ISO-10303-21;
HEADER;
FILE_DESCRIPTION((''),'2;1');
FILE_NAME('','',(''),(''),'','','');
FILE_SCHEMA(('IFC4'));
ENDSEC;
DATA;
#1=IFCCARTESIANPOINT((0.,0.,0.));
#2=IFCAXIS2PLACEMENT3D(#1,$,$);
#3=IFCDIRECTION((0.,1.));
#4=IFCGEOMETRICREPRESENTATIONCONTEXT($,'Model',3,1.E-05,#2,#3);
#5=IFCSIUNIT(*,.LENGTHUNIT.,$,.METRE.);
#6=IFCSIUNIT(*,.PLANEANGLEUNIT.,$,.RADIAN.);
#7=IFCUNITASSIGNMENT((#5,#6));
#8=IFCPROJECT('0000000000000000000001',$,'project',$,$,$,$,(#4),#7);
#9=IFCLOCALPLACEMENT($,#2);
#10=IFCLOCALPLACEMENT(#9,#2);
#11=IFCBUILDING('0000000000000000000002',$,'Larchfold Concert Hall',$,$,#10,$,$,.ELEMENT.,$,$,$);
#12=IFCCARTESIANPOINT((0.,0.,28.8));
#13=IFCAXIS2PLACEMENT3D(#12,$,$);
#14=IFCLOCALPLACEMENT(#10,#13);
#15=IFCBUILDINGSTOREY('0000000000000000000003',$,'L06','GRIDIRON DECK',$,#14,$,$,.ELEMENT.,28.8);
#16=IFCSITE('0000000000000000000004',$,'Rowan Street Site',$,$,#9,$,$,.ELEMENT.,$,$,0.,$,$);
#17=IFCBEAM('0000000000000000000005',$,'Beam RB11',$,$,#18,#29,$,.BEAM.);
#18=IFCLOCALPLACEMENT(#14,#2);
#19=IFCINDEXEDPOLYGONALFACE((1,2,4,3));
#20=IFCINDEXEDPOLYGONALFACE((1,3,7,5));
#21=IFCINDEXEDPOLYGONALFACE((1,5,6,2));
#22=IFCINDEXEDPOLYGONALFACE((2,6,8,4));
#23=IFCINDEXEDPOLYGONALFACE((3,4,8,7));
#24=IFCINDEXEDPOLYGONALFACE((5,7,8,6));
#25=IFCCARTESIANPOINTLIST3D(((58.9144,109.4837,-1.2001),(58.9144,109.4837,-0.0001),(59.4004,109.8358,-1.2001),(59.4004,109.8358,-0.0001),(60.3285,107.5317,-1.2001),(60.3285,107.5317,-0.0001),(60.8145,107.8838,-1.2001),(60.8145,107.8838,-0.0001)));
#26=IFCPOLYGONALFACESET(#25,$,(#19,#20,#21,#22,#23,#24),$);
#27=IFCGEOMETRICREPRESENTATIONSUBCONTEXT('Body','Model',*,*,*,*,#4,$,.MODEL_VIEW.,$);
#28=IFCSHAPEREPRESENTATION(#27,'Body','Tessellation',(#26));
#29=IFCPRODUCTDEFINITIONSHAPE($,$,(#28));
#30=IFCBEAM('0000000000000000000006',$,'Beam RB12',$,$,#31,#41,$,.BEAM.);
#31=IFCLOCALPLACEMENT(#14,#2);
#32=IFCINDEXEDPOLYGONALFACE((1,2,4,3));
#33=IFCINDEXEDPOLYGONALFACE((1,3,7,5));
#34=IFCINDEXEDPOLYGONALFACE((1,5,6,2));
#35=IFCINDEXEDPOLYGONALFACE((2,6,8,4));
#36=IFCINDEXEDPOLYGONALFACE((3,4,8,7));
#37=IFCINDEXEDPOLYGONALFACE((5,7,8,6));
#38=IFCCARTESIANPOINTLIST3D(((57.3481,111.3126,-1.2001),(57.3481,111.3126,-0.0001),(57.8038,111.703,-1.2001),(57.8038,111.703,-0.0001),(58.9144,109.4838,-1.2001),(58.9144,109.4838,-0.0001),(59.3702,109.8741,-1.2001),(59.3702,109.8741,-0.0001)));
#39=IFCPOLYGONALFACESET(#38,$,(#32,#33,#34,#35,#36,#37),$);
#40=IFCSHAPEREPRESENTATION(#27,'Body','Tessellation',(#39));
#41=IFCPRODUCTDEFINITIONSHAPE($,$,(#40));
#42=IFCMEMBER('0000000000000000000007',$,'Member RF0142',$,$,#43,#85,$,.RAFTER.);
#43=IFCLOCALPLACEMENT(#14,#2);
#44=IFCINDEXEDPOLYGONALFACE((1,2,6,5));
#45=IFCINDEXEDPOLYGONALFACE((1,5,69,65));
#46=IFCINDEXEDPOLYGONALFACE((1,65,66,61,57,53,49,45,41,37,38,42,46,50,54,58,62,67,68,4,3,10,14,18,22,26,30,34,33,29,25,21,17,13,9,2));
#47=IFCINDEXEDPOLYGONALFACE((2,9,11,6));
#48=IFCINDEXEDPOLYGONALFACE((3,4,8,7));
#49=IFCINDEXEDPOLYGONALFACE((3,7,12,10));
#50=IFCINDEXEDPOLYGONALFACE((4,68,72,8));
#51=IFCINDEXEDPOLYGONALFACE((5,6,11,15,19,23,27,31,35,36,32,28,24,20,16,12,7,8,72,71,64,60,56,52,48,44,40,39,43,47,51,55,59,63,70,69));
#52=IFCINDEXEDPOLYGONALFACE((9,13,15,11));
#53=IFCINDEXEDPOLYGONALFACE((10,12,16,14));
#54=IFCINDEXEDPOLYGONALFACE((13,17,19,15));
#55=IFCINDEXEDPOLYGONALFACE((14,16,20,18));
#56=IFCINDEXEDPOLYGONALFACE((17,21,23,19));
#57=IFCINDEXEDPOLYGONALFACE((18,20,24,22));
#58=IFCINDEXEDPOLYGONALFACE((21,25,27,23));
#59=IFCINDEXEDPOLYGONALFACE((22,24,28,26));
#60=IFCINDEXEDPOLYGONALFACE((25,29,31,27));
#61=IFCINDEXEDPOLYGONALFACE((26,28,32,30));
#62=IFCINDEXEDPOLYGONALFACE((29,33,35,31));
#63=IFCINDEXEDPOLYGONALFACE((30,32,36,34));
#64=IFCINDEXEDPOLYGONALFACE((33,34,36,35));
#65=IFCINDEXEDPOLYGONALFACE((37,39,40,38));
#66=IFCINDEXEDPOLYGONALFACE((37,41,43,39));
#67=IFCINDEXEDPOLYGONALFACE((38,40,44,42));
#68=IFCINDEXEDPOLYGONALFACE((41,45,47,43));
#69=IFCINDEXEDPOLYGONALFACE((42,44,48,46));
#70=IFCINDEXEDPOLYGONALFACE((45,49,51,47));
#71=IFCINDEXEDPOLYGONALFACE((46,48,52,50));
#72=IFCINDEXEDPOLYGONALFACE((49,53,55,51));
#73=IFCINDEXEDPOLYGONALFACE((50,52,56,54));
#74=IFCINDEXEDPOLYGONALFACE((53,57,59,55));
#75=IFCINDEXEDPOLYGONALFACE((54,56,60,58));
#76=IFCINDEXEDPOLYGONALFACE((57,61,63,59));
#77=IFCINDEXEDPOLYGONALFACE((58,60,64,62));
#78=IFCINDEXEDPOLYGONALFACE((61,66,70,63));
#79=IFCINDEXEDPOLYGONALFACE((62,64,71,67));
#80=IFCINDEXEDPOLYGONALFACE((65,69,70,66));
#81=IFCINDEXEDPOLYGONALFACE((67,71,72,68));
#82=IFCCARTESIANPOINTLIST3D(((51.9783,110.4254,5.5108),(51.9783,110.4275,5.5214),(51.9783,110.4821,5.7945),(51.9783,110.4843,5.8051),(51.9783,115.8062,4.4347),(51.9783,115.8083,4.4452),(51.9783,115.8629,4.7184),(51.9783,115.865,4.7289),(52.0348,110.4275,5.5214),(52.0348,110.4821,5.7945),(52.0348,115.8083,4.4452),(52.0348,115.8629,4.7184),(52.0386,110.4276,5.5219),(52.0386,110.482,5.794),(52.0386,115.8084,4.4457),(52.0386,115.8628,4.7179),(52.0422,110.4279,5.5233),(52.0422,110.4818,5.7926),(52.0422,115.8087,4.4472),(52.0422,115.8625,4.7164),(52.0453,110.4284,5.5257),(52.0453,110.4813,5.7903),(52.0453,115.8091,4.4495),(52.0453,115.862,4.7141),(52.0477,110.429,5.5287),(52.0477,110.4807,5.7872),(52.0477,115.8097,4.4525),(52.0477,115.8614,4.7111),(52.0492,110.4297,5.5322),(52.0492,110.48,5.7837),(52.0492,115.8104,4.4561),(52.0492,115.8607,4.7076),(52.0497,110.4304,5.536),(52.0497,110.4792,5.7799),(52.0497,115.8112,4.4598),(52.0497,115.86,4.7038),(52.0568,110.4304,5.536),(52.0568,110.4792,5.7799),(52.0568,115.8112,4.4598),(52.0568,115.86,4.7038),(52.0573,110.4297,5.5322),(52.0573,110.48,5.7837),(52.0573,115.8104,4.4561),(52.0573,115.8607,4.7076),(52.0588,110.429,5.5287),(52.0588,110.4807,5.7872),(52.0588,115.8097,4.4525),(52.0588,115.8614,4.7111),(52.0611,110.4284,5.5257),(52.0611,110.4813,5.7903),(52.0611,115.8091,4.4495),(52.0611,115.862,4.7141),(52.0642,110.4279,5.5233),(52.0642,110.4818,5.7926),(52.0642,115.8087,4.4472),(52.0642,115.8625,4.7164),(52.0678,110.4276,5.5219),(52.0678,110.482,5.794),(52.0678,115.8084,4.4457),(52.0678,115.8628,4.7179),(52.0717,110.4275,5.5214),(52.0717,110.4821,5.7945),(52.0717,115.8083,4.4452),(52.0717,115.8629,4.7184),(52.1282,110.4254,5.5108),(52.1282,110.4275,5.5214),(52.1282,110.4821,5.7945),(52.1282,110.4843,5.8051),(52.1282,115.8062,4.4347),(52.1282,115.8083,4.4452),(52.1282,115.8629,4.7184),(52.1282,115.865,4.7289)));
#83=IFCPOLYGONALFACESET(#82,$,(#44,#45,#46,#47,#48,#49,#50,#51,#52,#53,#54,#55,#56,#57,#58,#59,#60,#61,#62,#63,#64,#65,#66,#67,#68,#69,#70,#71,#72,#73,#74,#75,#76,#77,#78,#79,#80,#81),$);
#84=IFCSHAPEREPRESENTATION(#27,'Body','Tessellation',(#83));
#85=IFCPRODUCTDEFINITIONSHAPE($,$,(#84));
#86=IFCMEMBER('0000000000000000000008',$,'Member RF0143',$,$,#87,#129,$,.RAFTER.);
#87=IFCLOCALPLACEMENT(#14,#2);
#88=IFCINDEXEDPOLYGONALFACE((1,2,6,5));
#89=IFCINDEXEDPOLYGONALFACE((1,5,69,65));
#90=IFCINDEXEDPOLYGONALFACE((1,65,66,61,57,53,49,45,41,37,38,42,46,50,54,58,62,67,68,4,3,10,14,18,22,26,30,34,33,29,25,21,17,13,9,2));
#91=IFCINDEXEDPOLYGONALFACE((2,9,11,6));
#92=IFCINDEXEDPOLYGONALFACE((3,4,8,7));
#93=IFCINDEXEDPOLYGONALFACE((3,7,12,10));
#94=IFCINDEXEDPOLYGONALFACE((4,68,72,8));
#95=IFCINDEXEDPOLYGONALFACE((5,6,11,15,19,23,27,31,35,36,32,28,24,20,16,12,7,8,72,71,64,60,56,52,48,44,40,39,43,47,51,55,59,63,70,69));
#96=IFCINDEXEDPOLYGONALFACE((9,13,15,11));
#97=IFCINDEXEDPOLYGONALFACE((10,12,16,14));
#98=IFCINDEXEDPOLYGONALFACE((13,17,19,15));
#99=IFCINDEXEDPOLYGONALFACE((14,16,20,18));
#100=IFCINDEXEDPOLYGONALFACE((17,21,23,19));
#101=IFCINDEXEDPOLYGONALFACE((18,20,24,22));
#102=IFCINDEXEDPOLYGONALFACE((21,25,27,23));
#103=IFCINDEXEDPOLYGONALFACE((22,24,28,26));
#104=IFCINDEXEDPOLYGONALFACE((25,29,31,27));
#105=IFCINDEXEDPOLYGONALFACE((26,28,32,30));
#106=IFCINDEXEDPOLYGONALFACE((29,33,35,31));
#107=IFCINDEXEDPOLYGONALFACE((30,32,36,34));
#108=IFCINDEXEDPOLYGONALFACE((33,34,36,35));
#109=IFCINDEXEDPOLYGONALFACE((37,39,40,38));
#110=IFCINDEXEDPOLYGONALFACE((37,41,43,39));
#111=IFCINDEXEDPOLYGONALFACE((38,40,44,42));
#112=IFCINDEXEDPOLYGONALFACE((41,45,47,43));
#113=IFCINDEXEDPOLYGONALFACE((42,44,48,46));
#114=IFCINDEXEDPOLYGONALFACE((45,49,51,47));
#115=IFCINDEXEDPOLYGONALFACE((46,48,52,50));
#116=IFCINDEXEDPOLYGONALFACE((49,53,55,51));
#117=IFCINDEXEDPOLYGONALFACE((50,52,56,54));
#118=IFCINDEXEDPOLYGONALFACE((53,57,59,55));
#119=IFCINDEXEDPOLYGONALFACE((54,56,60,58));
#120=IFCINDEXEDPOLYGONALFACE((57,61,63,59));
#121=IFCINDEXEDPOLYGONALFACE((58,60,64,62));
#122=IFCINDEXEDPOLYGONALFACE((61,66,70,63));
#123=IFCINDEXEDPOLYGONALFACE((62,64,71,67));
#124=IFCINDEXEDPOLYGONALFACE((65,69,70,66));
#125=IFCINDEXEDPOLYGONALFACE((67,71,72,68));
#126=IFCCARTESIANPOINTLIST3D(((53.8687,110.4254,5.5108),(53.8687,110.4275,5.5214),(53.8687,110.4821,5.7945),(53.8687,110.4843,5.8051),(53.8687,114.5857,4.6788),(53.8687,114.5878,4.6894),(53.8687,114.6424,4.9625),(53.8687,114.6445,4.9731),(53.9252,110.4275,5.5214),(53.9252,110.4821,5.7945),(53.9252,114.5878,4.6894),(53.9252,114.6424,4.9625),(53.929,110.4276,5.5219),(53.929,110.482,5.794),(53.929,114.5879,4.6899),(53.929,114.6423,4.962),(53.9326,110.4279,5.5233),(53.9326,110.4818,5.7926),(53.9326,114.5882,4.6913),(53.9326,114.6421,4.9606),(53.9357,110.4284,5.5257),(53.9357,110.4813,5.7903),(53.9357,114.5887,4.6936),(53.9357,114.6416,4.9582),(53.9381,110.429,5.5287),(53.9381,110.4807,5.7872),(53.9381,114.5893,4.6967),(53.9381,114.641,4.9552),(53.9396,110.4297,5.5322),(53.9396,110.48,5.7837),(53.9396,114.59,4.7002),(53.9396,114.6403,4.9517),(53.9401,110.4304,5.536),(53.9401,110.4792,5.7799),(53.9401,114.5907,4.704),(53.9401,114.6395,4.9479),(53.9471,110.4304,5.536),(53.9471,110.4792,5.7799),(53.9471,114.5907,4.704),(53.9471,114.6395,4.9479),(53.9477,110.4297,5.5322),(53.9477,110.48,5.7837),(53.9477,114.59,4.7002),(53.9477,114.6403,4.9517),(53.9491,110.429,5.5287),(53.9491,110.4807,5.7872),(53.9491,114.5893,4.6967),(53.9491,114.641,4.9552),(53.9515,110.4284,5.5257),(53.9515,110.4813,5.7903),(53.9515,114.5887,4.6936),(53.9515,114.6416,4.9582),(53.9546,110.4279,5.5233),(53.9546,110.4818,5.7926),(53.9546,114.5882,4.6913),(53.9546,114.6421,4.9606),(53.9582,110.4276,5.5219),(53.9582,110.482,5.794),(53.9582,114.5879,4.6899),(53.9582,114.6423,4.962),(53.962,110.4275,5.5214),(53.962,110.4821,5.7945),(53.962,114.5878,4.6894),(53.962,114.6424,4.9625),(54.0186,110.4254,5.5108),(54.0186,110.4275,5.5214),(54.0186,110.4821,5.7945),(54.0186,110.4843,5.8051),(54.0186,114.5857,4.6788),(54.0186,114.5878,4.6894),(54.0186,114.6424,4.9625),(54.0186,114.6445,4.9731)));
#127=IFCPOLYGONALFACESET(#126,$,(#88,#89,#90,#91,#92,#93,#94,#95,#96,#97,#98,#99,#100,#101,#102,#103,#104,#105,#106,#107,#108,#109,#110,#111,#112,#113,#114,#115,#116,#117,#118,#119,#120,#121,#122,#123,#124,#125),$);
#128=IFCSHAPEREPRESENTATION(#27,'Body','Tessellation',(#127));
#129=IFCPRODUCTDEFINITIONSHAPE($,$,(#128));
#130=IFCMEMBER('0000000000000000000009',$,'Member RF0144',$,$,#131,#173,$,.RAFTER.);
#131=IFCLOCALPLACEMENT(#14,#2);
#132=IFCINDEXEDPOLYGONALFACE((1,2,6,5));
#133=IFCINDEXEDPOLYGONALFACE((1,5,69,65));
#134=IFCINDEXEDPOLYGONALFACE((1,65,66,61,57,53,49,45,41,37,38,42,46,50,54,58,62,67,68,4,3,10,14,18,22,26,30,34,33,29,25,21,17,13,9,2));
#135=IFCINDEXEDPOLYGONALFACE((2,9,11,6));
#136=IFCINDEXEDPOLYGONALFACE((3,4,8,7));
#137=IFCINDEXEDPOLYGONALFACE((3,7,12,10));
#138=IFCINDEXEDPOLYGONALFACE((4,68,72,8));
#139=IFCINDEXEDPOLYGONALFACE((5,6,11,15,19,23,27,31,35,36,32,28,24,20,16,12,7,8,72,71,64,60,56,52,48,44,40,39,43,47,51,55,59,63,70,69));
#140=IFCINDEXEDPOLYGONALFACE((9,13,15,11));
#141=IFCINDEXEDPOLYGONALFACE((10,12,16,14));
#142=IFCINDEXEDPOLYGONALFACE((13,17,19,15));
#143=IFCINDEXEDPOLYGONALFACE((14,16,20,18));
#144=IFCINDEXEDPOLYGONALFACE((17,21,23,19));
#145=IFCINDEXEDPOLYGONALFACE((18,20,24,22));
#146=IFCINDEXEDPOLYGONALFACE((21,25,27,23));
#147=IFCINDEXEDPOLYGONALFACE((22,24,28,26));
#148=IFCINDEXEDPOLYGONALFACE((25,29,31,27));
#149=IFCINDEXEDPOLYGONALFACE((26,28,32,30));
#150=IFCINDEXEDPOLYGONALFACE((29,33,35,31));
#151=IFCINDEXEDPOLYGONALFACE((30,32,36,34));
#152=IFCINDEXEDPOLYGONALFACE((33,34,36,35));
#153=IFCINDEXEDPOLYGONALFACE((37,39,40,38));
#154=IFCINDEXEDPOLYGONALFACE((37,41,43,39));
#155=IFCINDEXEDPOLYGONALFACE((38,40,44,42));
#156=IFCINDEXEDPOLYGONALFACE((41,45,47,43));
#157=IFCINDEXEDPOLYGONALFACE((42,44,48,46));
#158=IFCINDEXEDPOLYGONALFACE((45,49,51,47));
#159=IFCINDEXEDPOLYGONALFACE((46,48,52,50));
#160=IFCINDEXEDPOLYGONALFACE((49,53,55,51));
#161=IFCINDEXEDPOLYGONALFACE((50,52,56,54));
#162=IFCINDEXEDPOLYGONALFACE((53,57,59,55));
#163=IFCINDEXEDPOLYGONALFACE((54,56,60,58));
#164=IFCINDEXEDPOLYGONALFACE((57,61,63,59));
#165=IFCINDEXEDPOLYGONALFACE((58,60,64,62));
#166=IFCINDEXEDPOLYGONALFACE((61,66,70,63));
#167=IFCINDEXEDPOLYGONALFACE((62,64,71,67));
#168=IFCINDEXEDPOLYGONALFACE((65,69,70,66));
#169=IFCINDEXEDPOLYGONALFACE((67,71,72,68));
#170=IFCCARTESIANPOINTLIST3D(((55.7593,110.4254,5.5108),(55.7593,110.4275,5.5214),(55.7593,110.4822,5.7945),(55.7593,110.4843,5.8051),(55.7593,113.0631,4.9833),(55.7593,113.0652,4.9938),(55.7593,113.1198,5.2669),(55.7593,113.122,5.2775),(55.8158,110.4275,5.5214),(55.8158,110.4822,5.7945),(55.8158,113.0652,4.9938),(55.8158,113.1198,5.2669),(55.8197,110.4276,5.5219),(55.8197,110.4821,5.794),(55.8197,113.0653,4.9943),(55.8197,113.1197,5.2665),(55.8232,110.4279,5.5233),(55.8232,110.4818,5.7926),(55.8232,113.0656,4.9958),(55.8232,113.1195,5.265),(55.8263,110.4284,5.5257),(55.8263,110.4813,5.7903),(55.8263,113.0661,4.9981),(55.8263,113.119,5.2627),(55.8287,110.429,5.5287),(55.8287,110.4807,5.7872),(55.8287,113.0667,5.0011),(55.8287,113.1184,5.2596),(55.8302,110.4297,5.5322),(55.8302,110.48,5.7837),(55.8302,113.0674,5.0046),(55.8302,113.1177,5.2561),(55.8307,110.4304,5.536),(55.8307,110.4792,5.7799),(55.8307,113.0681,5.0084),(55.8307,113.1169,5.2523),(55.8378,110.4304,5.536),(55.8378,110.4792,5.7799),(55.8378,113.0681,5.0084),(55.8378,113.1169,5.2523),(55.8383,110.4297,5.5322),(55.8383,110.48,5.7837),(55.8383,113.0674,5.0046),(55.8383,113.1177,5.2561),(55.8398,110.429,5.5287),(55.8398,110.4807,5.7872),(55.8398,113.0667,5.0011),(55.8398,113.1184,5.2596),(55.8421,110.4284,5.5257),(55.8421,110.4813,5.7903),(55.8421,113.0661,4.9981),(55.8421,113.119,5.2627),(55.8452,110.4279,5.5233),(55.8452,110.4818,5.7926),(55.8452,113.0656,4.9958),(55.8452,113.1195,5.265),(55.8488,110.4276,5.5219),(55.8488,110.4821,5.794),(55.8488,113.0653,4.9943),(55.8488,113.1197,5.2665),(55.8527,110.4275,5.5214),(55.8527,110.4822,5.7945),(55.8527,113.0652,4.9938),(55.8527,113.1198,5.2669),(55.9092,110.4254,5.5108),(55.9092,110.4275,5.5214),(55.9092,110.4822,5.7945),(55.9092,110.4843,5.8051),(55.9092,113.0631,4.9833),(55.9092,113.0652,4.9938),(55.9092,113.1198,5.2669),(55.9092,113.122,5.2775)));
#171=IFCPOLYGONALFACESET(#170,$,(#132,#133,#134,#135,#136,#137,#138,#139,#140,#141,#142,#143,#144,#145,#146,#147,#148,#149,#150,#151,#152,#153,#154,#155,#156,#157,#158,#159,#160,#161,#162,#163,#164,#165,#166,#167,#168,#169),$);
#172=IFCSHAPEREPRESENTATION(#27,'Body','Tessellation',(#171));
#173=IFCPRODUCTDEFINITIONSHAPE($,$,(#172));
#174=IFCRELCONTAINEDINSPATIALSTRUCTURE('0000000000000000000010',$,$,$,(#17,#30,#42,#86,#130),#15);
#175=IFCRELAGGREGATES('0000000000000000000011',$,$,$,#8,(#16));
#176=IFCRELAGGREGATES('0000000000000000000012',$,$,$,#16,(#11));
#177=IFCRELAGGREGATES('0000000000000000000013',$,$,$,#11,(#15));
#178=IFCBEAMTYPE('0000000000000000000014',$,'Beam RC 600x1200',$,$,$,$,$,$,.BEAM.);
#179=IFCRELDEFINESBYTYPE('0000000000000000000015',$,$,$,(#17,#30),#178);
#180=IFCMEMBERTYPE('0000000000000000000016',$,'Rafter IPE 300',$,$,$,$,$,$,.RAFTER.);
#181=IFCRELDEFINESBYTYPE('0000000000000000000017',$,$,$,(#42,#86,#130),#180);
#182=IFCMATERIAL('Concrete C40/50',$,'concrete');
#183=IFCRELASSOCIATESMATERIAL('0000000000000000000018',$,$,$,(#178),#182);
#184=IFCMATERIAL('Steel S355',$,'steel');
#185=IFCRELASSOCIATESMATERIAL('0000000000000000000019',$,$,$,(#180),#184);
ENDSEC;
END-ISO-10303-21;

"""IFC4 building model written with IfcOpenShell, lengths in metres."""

from ifc_helpers import new_model, si_unit, direction, frame, origin, origin_2d, place, context, subcontext, project, spatial, rectangle, i_section, extrude, material, material_profile, profile_set, type_object, element, save


model = new_model("IFC4")

# Units and contexts
model_context = context("Model", 3, precision=1e-05, world=origin(), true_north=direction((0.0, 1.0)))
body_context = subcontext(model_context, "Body", "Model", "MODEL_VIEW")
ifc_project = project(units=[si_unit("LENGTHUNIT", "METRE"), si_unit("PLANEANGLEUNIT", "RADIAN")], contexts=[model_context])

# Site, building, storey
site_placement = place(None, origin())
site = spatial("IfcSite", under=ifc_project, at=site_placement, Name="Rowan Street Site", CompositionType="ELEMENT", RefElevation=0.0)
building_placement = place(site_placement, origin())
building = spatial("IfcBuilding", under=site, at=building_placement, Name="Larchfold Concert Hall", CompositionType="ELEMENT")
storey_placement = place(building_placement, frame((0.0, 0.0, 28.8)))
storey = spatial("IfcBuildingStorey", under=building, at=storey_placement, Name="L06", Description="GRIDIRON DECK", CompositionType="ELEMENT", Elevation=28.8)

# Beams
ifc_material_1 = material(Name="Concrete C40/50", Category="concrete")
ifc_material_profile_1 = material_profile(ifc_material_1, rectangle(XDim=0.6001, YDim=1.2, at=origin_2d()))
ifc_profile_set_1 = profile_set([ifc_material_profile_1], Name="Concrete C40/50")
beam_type_1 = type_object("IfcBeamType", Name="Beam RC 600x1200", PredefinedType="BEAM", material=ifc_profile_set_1)
beam_1_placement = place(storey_placement, frame((60.5715, 107.7078, -0.6001), z_axis=(-0.586677, 0.809821, 0.0), x_axis=(-0.809821, -0.586677, 0.0)))
element("IfcBeam", 1, at=beam_1_placement, inside=storey, type_object=beam_type_1, Name="Beam RB11", PredefinedType="BEAM", context=body_context, shape_type="SweptSolid", body=[
    extrude(rectangle(XDim=0.6001, YDim=1.2, at=origin_2d()), origin(), (0.0, 0.0, 1.0), 2.4104),
])
beam_2_placement = place(storey_placement, frame((59.1423, 109.679, -0.6001), z_axis=(-0.650507, 0.7595, 0.0), x_axis=(-0.7595, -0.650507, 0.0)))
element("IfcBeam", 2, at=beam_2_placement, inside=storey, type_object=beam_type_1, Name="Beam RB12", PredefinedType="BEAM", context=body_context, shape_type="SweptSolid", body=[
    extrude(rectangle(XDim=0.6001, YDim=1.2, at=origin_2d()), origin(), (0.0, 0.0, 1.0), 2.408),
])

# Members
ifc_material_2 = material(Name="Steel S355", Category="steel")
ifc_material_profile_2 = material_profile(ifc_material_2, i_section(OverallWidth=0.1499, OverallDepth=0.3, WebThickness=0.0071, FlangeThickness=0.0107, FilletRadius=0.0149, at=origin_2d()))
ifc_profile_set_2 = profile_set([ifc_material_profile_2], Name="Steel S355")
member_type_1 = type_object("IfcMemberType", Name="Rafter IPE 300", PredefinedType="RAFTER", material=ifc_profile_set_2)
member_1_placement = place(storey_placement, frame((52.0532, 110.4548, 5.658), z_axis=(0.0, 0.980581, -0.196116), x_axis=(-1.0, 0.0, 0.0)))
element("IfcMember", 3, at=member_1_placement, inside=storey, type_object=member_type_1, Name="Member RF0142", PredefinedType="RAFTER", context=body_context, shape_type="SweptSolid", body=[
    extrude(i_section(OverallWidth=0.1499, OverallDepth=0.3, WebThickness=0.0071, FlangeThickness=0.0107, FilletRadius=0.0149, at=origin_2d()), origin(), (0.0, 0.0, 1.0), 5.4873),
])
member_2_placement = place(storey_placement, frame((53.9436, 110.4548, 5.658), z_axis=(0.0, 0.980583, -0.196105), x_axis=(-1.0, 0.0, 0.0)))
element("IfcMember", 4, at=member_2_placement, inside=storey, type_object=member_type_1, Name="Member RF0143", PredefinedType="RAFTER", context=body_context, shape_type="SweptSolid", body=[
    extrude(i_section(OverallWidth=0.1499, OverallDepth=0.3, WebThickness=0.0071, FlangeThickness=0.0107, FilletRadius=0.0149, at=origin_2d()), origin(), (0.0, 0.0, 1.0), 4.2427),
])
member_3_placement = place(storey_placement, frame((55.8342, 110.4548, 5.658), z_axis=(0.0, 0.980577, -0.196134), x_axis=(-1.0, 0.0, 0.0)))
element("IfcMember", 5, at=member_3_placement, inside=storey, type_object=member_type_1, Name="Member RF0144", PredefinedType="RAFTER", context=body_context, shape_type="SweptSolid", body=[
    extrude(i_section(OverallWidth=0.1499, OverallDepth=0.3, WebThickness=0.0071, FlangeThickness=0.0107, FilletRadius=0.0149, at=origin_2d()), origin(), (0.0, 0.0, 1.0), 2.6899),
])

save(model, "model.ifc")
